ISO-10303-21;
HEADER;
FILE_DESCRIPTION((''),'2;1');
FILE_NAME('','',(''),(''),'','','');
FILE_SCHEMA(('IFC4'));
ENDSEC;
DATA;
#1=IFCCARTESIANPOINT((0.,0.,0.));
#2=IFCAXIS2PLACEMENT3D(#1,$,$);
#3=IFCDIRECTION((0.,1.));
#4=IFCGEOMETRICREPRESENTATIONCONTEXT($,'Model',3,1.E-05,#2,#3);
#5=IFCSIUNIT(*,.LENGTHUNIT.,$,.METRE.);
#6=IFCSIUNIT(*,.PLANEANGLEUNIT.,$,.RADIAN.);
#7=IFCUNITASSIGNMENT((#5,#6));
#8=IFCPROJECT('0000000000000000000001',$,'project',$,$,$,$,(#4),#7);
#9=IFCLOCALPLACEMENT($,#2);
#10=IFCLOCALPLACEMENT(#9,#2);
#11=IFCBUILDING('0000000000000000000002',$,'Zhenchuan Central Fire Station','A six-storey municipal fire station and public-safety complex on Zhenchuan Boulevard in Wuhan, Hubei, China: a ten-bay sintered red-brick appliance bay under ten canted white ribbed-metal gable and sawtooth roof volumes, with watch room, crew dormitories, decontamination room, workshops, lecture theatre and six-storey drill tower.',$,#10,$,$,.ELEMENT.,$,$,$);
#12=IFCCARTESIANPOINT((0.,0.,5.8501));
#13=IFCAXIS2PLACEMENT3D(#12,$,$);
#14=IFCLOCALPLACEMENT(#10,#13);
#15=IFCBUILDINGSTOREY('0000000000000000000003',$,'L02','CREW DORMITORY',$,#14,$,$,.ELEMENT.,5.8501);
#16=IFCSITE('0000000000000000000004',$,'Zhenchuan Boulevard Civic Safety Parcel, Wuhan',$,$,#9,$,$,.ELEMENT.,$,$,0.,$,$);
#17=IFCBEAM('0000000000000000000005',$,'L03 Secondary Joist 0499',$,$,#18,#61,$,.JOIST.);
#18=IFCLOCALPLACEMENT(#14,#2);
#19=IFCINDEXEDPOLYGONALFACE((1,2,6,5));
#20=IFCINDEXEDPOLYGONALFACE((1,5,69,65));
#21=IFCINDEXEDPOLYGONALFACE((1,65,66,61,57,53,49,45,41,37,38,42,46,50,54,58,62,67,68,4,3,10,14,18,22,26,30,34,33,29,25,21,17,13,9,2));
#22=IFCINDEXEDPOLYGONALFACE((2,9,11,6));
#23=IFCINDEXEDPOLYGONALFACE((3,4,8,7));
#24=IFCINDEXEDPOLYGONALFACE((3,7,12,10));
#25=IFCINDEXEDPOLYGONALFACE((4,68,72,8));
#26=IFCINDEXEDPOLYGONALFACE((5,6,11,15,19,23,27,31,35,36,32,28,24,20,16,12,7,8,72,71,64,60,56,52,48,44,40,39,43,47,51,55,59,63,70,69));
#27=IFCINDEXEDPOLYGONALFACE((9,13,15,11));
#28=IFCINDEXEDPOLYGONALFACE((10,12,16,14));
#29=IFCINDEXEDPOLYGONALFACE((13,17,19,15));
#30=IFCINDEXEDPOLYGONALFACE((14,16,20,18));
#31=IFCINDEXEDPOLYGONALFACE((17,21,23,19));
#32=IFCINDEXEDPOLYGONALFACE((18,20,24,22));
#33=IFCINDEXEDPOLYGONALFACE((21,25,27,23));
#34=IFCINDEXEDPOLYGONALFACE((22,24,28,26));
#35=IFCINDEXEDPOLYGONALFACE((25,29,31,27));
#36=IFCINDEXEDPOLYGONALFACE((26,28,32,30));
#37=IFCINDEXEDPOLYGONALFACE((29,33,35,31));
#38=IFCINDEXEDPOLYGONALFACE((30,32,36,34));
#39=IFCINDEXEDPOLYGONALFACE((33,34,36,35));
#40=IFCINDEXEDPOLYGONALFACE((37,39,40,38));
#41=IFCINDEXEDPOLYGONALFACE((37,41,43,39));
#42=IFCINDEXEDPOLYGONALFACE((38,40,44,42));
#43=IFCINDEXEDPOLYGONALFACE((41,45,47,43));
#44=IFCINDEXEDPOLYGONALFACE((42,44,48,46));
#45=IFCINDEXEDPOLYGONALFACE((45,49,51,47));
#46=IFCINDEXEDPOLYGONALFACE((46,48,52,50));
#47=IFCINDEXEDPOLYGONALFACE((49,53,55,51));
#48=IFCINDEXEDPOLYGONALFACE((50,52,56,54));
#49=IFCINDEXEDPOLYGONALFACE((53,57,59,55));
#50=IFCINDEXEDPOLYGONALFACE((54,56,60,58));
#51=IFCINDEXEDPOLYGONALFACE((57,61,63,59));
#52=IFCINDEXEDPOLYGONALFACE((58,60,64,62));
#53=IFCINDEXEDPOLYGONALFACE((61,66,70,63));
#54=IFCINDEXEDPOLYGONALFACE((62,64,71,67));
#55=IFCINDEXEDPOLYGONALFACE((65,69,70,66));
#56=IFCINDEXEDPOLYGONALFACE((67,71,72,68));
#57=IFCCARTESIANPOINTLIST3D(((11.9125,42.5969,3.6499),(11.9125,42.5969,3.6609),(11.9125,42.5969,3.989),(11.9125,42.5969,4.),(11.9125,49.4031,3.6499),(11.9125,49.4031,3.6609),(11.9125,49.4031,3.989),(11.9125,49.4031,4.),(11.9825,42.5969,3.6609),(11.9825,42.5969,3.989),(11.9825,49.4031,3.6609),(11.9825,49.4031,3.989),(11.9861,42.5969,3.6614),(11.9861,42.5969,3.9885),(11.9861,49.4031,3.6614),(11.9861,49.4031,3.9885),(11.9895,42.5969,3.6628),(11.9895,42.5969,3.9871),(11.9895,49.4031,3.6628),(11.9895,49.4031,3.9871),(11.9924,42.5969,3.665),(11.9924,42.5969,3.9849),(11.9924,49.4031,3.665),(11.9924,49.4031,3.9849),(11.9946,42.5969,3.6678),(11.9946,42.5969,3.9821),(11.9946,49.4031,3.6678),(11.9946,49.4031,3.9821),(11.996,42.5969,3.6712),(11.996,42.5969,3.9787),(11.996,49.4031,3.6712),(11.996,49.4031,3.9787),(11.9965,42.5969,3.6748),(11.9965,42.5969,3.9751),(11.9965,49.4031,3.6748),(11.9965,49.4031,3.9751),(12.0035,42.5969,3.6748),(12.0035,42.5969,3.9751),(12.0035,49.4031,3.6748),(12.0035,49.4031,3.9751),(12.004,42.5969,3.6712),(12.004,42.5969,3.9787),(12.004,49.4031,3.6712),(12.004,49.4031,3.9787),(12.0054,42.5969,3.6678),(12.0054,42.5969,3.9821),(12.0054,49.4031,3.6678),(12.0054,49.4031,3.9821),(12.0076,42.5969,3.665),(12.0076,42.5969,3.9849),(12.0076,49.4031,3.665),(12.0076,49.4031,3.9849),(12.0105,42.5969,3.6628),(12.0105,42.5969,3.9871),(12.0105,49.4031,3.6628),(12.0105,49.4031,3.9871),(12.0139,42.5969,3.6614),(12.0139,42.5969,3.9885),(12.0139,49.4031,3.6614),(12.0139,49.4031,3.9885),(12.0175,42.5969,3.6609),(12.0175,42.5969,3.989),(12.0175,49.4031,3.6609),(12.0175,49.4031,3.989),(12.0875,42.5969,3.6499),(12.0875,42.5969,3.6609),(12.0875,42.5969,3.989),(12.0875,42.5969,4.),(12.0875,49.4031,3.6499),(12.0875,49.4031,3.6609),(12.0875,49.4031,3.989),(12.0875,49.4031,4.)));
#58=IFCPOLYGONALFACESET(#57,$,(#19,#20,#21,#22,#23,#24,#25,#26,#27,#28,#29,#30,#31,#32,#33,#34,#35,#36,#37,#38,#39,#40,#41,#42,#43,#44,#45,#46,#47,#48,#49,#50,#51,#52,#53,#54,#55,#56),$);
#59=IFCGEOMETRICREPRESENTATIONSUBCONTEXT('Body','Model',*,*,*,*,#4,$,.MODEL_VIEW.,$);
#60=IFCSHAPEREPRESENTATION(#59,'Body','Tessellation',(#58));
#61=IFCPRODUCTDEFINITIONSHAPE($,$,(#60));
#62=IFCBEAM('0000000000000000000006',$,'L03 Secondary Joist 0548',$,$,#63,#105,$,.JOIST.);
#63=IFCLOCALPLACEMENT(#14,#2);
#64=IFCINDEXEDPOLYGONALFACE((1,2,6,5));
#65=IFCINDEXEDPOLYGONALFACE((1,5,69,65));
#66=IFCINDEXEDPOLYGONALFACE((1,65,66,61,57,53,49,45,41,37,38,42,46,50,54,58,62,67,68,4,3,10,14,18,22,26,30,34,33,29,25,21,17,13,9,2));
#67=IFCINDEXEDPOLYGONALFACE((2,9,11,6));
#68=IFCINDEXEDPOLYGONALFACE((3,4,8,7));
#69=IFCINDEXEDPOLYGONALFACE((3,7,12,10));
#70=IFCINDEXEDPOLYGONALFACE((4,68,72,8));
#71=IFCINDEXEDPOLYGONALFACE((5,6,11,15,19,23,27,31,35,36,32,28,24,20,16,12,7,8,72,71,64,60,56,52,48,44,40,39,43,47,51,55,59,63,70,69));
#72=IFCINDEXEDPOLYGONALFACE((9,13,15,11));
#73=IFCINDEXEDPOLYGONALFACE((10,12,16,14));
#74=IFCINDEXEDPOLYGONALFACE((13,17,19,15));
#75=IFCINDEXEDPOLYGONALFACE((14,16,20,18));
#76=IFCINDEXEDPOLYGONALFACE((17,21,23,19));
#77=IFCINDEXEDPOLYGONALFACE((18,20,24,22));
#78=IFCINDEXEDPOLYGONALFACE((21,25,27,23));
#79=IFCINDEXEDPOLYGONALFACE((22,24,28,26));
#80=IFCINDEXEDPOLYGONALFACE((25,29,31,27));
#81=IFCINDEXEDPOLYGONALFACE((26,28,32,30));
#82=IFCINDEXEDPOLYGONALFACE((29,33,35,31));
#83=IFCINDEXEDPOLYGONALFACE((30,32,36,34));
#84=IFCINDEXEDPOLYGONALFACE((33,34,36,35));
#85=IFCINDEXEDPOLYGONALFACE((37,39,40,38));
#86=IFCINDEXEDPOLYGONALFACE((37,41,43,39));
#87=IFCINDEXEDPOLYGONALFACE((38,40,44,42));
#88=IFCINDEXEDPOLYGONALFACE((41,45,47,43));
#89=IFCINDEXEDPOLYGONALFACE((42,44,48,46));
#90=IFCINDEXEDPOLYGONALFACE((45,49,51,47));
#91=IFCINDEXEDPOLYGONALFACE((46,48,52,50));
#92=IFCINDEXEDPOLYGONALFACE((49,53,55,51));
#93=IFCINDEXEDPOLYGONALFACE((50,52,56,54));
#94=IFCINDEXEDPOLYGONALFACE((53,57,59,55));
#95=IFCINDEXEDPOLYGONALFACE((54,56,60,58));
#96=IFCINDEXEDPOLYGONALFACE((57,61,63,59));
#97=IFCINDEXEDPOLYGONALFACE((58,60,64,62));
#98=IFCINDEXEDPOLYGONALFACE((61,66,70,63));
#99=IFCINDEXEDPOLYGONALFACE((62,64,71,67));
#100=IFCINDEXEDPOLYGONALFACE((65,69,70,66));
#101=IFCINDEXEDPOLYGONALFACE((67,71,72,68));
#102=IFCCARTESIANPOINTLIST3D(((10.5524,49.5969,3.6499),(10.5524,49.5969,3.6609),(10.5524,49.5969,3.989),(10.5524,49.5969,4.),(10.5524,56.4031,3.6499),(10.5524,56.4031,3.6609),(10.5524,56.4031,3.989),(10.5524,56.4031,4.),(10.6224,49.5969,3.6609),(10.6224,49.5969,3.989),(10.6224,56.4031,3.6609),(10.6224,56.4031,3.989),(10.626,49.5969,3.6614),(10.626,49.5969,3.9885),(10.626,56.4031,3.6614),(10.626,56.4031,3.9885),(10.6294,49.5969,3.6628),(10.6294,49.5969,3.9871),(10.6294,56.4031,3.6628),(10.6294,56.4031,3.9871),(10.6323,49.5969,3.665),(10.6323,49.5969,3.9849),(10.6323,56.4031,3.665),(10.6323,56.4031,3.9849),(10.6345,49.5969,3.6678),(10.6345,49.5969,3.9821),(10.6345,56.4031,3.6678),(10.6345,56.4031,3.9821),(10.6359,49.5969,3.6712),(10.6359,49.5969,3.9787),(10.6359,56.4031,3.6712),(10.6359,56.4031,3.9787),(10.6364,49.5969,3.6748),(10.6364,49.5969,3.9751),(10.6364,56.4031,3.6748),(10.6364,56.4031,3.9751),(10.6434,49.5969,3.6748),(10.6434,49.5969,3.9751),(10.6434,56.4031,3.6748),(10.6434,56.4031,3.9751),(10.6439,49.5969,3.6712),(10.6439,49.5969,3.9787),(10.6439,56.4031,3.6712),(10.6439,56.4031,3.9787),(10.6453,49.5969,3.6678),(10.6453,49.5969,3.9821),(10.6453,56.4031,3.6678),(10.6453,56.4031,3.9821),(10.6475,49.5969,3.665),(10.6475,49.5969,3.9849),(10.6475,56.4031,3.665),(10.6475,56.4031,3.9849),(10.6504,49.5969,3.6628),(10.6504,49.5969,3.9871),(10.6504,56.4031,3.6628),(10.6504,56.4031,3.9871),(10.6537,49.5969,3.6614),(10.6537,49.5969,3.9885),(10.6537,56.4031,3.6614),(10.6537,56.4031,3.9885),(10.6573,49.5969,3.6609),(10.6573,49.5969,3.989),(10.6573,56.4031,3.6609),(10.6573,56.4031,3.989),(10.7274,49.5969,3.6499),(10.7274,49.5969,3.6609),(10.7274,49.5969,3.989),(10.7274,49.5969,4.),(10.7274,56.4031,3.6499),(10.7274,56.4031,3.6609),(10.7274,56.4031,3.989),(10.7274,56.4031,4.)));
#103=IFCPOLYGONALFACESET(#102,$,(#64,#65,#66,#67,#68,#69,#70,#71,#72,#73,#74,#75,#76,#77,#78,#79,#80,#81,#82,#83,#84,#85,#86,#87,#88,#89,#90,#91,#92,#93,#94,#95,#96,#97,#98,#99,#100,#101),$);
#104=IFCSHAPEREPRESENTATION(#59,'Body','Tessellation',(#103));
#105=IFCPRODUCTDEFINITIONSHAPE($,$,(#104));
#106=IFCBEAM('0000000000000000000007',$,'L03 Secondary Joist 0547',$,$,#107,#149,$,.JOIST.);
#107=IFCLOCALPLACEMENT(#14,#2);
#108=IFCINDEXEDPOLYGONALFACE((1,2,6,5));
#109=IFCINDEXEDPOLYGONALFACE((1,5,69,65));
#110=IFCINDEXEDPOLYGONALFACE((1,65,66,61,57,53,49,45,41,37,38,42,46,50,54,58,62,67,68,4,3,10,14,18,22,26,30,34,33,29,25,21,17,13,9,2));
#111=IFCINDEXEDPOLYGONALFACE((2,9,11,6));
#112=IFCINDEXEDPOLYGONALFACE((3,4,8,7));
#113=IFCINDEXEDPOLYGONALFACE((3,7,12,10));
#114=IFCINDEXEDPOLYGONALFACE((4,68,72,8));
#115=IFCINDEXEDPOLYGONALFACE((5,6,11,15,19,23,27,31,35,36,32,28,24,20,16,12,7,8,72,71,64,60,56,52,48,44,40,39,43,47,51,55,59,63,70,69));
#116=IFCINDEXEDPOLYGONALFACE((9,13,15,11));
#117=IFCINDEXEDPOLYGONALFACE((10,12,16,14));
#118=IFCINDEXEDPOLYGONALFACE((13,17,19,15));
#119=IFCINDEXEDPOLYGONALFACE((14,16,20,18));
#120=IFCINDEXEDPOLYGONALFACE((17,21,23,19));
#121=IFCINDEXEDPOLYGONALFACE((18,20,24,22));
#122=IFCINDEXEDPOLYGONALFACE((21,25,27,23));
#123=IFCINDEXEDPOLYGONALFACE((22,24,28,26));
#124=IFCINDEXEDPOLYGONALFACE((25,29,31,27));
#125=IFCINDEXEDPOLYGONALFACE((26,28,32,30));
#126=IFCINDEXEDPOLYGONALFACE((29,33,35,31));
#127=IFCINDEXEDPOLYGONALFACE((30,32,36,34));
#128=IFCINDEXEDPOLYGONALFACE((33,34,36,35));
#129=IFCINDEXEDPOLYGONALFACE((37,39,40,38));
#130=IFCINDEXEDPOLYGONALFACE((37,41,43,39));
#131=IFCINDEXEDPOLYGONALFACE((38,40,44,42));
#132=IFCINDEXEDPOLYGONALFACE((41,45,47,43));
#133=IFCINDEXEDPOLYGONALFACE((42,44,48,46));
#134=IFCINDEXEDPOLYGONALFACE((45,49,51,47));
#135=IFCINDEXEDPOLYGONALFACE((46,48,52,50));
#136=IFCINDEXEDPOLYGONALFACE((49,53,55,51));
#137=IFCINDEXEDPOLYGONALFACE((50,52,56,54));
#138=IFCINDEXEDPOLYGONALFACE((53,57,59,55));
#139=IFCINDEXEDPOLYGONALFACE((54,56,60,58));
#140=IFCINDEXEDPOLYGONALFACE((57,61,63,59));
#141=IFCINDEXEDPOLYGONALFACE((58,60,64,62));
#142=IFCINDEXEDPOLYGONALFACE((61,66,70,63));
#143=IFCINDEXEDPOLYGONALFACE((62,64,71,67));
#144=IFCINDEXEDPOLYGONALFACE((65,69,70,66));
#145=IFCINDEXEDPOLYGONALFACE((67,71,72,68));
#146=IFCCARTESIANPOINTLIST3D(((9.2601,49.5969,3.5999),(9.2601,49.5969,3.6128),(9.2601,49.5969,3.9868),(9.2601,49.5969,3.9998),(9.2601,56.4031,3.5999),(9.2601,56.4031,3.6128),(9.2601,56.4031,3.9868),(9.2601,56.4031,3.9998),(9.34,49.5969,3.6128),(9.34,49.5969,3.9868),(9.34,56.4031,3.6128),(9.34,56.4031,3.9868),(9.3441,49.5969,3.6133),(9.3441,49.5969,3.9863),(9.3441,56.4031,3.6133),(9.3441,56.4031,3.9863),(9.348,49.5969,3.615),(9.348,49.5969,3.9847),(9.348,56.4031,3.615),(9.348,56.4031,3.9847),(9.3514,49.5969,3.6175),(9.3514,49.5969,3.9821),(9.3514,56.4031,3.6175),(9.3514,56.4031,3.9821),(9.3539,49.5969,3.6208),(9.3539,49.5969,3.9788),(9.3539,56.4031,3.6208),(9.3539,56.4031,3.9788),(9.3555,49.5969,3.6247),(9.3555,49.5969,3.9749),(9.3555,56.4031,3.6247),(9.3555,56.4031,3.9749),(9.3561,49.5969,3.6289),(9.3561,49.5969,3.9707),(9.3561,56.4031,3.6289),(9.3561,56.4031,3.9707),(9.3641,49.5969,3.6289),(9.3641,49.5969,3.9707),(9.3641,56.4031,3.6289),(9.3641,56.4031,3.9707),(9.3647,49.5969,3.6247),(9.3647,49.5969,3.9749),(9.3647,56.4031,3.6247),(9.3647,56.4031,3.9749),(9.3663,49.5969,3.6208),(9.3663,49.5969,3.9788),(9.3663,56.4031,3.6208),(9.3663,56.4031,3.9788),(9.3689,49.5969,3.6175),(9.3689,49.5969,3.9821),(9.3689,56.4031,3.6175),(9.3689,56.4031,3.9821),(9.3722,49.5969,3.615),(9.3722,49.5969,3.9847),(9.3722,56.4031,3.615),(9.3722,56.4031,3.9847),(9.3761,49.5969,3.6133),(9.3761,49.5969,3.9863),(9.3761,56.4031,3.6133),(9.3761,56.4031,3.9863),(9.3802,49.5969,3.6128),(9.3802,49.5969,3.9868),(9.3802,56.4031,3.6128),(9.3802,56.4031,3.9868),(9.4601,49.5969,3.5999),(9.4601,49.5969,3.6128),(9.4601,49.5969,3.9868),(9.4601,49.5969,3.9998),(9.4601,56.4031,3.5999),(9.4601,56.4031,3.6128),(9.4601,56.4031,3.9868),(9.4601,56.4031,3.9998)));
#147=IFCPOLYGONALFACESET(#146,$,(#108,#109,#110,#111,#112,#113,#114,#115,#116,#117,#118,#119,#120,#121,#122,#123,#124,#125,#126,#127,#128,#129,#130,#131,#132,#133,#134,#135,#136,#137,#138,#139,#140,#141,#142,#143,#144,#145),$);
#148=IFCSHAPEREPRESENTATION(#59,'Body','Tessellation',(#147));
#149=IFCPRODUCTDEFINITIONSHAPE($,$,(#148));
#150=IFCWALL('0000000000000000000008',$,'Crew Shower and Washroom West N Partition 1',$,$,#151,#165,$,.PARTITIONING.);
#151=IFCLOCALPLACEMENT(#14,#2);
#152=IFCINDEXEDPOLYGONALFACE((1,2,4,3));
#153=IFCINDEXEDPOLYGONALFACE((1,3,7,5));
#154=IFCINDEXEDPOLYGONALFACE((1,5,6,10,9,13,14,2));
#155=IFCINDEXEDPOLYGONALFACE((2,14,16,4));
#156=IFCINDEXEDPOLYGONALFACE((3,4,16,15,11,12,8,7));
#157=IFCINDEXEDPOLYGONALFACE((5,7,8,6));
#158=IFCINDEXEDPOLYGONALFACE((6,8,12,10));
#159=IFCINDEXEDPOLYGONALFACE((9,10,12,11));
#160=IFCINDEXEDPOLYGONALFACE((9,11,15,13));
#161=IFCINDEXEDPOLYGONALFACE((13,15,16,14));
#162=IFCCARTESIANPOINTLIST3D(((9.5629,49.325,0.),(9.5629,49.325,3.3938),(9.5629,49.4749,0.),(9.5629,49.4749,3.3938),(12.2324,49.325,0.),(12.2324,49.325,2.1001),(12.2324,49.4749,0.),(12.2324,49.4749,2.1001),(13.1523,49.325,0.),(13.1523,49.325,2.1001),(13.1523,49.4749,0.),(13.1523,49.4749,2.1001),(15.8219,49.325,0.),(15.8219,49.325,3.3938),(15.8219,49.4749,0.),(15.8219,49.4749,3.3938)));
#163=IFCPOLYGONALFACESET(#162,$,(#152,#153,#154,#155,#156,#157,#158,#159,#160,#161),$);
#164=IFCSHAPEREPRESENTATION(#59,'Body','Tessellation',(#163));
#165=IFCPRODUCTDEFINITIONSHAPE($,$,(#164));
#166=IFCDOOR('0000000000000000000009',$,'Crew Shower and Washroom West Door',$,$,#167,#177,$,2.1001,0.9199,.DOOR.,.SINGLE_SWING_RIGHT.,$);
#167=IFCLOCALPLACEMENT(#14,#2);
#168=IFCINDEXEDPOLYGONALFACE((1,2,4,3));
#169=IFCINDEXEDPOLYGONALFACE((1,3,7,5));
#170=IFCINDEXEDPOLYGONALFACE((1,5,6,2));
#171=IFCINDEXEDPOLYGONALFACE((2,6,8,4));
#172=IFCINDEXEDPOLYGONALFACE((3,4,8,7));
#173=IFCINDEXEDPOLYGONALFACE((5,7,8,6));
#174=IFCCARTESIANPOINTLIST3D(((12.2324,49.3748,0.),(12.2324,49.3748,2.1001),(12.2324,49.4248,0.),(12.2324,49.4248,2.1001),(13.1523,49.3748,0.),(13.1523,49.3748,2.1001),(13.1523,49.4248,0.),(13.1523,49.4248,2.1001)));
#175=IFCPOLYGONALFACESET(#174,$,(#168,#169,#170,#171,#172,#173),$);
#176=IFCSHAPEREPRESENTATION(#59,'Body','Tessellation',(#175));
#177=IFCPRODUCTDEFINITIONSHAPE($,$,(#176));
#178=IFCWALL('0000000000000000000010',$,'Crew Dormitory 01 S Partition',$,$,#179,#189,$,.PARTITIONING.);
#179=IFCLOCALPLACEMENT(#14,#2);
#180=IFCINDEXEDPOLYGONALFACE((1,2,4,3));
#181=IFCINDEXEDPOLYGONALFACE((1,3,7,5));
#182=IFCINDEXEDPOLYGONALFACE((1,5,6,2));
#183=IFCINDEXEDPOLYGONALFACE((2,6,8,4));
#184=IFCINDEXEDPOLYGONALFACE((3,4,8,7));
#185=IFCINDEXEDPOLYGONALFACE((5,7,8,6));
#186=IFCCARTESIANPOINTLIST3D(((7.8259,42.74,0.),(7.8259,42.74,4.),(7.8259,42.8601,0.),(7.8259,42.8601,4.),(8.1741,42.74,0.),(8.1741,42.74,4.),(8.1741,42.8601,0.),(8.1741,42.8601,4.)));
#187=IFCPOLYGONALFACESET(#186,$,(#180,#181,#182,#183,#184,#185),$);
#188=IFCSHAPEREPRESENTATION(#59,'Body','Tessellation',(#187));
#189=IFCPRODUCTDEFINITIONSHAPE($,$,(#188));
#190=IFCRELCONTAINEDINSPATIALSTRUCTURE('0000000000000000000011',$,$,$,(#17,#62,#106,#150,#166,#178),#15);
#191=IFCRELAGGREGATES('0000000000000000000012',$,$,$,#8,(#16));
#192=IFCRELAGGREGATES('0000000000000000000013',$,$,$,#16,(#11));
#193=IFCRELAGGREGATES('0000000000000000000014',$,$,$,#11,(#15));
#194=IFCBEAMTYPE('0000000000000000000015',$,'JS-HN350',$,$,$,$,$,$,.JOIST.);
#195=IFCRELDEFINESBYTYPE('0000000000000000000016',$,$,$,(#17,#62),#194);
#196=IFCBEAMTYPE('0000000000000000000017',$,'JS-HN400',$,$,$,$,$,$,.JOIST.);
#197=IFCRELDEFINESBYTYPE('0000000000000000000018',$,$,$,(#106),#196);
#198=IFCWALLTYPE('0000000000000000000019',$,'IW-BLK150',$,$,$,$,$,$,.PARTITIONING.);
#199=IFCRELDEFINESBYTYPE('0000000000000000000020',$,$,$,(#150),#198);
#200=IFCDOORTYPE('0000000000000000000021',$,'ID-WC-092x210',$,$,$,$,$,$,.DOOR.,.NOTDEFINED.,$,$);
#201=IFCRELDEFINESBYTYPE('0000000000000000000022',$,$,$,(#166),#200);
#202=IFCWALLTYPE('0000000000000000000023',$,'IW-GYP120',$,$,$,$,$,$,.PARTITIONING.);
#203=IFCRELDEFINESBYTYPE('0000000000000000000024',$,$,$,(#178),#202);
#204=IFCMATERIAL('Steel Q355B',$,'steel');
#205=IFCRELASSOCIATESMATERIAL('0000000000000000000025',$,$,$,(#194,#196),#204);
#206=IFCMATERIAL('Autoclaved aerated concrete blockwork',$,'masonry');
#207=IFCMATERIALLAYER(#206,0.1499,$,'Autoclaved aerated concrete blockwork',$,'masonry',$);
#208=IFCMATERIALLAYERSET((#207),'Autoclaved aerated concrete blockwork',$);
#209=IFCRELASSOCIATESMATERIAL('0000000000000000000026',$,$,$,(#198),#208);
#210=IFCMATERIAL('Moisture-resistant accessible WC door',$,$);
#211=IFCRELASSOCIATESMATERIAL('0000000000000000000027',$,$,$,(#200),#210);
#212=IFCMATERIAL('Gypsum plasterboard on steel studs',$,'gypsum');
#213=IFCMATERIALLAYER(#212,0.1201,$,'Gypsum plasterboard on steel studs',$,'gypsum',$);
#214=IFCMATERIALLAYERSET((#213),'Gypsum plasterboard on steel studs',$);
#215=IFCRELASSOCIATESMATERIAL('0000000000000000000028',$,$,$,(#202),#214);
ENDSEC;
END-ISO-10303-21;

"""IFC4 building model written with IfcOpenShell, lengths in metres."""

from ifc_helpers import new_model, si_unit, direction, frame, frame_2d, origin, origin_2d, place, context, subcontext, project, spatial, rectangle, i_section, extrude, material, layer, layer_set, material_profile, profile_set, type_object, element, fill, save


model = new_model("IFC4")

# Units and contexts
model_context = context("Model", 3, precision=1e-05, world=origin(), true_north=direction((0.0, 1.0)))
body_context = subcontext(model_context, "Body", "Model", "MODEL_VIEW")
ifc_project = project(units=[si_unit("LENGTHUNIT", "METRE"), si_unit("PLANEANGLEUNIT", "RADIAN")], contexts=[model_context])

# Site, building, storey
site_placement = place(None, origin())
site = spatial("IfcSite", under=ifc_project, at=site_placement, Name="Zhenchuan Boulevard Civic Safety Parcel, Wuhan", CompositionType="ELEMENT", RefElevation=0.0)
building_placement = place(site_placement, origin())
building = spatial("IfcBuilding", under=site, at=building_placement, Name="Zhenchuan Central Fire Station", Description="A six-storey municipal fire station and public-safety complex on Zhenchuan Boulevard in Wuhan, Hubei, China: a ten-bay sintered red-brick appliance bay under ten canted white ribbed-metal gable and sawtooth roof volumes, with watch room, crew dormitories, decontamination room, workshops, lecture theatre and six-storey drill tower.", CompositionType="ELEMENT")
storey_placement = place(building_placement, frame((0.0, 0.0, 5.8501)))
storey = spatial("IfcBuildingStorey", under=building, at=storey_placement, Name="L02", Description="CREW DORMITORY", CompositionType="ELEMENT", Elevation=5.8501)

# Shared definitions
ifc_material_1 = material(Name="Steel Q355B", Category="steel")

# Beams
ifc_material_profile_1 = material_profile(ifc_material_1, i_section(OverallWidth=0.175, OverallDepth=0.3501, WebThickness=0.0071, FlangeThickness=0.011, FilletRadius=0.0139, at=origin_2d()), Name="HN 350x175")
ifc_profile_set_1 = profile_set([ifc_material_profile_1], Name="Steel Q355B")
beam_type_1 = type_object("IfcBeamType", Name="JS-HN350", PredefinedType="JOIST", material=ifc_profile_set_1)
for number, where, z_axis, x_axis, name in (
    (1, (12.0, 42.5969, 3.825), (0.0, 1.0, 0.0), (-1.0, 0.0, 0.0), "L03 Secondary Joist 0499"),
    (2, (10.6399, 49.5969, 3.825), (0.0, 1.0, 0.0), (-1.0, 0.0, 0.0), "L03 Secondary Joist 0548"),
):
    element("IfcBeam", number, at=place(storey_placement, frame(where, z_axis=z_axis, x_axis=x_axis)), inside=storey, type_object=beam_type_1, Name=name, PredefinedType="JOIST", context=body_context, shape_type="SweptSolid", body=[
        extrude(i_section(OverallWidth=0.175, OverallDepth=0.3501, WebThickness=0.0071, FlangeThickness=0.011, FilletRadius=0.0139, at=origin_2d()), origin(), (0.0, 0.0, 1.0), 6.8062),
    ])
ifc_material_profile_2 = material_profile(ifc_material_1, i_section(OverallWidth=0.2, OverallDepth=0.3999, WebThickness=0.0081, FlangeThickness=0.0129, FilletRadius=0.0161, at=origin_2d()), Name="HN 400x200")
ifc_profile_set_2 = profile_set([ifc_material_profile_2], Name="Steel Q355B")
beam_type_2 = type_object("IfcBeamType", Name="JS-HN400", PredefinedType="JOIST", material=ifc_profile_set_2)
beam_1_placement = place(storey_placement, frame((9.3601, 49.5969, 3.7998), z_axis=(0.0, 1.0, 0.0), x_axis=(-1.0, 0.0, 0.0)))
element("IfcBeam", 3, at=beam_1_placement, inside=storey, type_object=beam_type_2, Name="L03 Secondary Joist 0547", PredefinedType="JOIST", context=body_context, shape_type="SweptSolid", body=[
    extrude(i_section(OverallWidth=0.2, OverallDepth=0.3999, WebThickness=0.0081, FlangeThickness=0.0129, FilletRadius=0.0161, at=origin_2d()), origin(), (0.0, 0.0, 1.0), 6.8062),
])

# Wall, opening, door
ifc_material_2 = material(Name="Autoclaved aerated concrete blockwork", Category="masonry")
ifc_layer_1 = layer(ifc_material_2, 0.1499, Name="Autoclaved aerated concrete blockwork", Category="masonry")
ifc_layer_set_1 = layer_set([ifc_layer_1], Name="Autoclaved aerated concrete blockwork")
wall_type_1 = type_object("IfcWallType", Name="IW-BLK150", PredefinedType="PARTITIONING", material=ifc_layer_set_1)
wall_1_placement = place(storey_placement, frame((9.563, 49.3999, 0.0), z_axis=(0.0, 0.0, 1.0), x_axis=(1.0, 0.0, 0.0)))
wall_1 = element("IfcWall", 4, at=wall_1_placement, inside=storey, type_object=wall_type_1, Name="Crew Shower and Washroom West N Partition 1", PredefinedType="PARTITIONING", context=body_context, shape_type="SweptSolid", body=[
    extrude(rectangle(XDim=6.259, YDim=0.1499, at=frame_2d((3.1294, 0.0))), origin(), (0.0, 0.0, 1.0), 3.3938),
])
opening_1_placement = place(wall_1_placement, frame((2.6694, 0.0, 0.0)))
opening_1 = element("IfcOpeningElement", 5, at=opening_1_placement, cuts=wall_1, PredefinedType="OPENING", context=body_context, shape_type="SweptSolid", body=[
    extrude(rectangle(XDim=0.9199, YDim=2.1001, at=frame_2d((0.46, 1.05))), frame((0.0, 0.085, 0.0), z_axis=(0.0, -1.0, 0.0), x_axis=(1.0, 0.0, 0.0)), (0.0, 0.0, 1.0), 0.1699),
])
ifc_material_3 = material(Name="Moisture-resistant accessible WC door")
door_type_1 = type_object("IfcDoorType", Name="ID-WC-092x210", OperationType="NOTDEFINED", PredefinedType="DOOR", material=ifc_material_3)
door_1_placement = place(opening_1_placement, origin())
door_1 = element("IfcDoor", 6, at=door_1_placement, inside=storey, type_object=door_type_1, Name="Crew Shower and Washroom West Door", OperationType="SINGLE_SWING_RIGHT", OverallHeight=2.1001, OverallWidth=0.9199, PredefinedType="DOOR", context=body_context, shape_type="SweptSolid", body=[
    extrude(rectangle(XDim=0.9199, YDim=2.1001, at=frame_2d((0.46, 1.05))), frame((0.0, 0.0249, 0.0), z_axis=(0.0, -1.0, 0.0), x_axis=(1.0, 0.0, 0.0)), (0.0, 0.0, 1.0), 0.05),
])
fill(opening_1, door_1)

# Wall
ifc_material_4 = material(Name="Gypsum plasterboard on steel studs", Category="gypsum")
ifc_layer_2 = layer(ifc_material_4, 0.1201, Name="Gypsum plasterboard on steel studs", Category="gypsum")
ifc_layer_set_2 = layer_set([ifc_layer_2], Name="Gypsum plasterboard on steel studs")
wall_type_2 = type_object("IfcWallType", Name="IW-GYP120", PredefinedType="PARTITIONING", material=ifc_layer_set_2)
wall_2_placement = place(storey_placement, frame((7.8259, 42.8, 0.0), z_axis=(0.0, 0.0, 1.0), x_axis=(1.0, 0.0, 0.0)))
element("IfcWall", 7, at=wall_2_placement, inside=storey, type_object=wall_type_2, Name="Crew Dormitory 01 S Partition", PredefinedType="PARTITIONING", context=body_context, shape_type="SweptSolid", body=[
    extrude(rectangle(XDim=0.3481, YDim=0.1201, at=frame_2d((0.1741, 0.0))), origin(), (0.0, 0.0, 1.0), 4.0),
])

save(model, "model.ifc")
